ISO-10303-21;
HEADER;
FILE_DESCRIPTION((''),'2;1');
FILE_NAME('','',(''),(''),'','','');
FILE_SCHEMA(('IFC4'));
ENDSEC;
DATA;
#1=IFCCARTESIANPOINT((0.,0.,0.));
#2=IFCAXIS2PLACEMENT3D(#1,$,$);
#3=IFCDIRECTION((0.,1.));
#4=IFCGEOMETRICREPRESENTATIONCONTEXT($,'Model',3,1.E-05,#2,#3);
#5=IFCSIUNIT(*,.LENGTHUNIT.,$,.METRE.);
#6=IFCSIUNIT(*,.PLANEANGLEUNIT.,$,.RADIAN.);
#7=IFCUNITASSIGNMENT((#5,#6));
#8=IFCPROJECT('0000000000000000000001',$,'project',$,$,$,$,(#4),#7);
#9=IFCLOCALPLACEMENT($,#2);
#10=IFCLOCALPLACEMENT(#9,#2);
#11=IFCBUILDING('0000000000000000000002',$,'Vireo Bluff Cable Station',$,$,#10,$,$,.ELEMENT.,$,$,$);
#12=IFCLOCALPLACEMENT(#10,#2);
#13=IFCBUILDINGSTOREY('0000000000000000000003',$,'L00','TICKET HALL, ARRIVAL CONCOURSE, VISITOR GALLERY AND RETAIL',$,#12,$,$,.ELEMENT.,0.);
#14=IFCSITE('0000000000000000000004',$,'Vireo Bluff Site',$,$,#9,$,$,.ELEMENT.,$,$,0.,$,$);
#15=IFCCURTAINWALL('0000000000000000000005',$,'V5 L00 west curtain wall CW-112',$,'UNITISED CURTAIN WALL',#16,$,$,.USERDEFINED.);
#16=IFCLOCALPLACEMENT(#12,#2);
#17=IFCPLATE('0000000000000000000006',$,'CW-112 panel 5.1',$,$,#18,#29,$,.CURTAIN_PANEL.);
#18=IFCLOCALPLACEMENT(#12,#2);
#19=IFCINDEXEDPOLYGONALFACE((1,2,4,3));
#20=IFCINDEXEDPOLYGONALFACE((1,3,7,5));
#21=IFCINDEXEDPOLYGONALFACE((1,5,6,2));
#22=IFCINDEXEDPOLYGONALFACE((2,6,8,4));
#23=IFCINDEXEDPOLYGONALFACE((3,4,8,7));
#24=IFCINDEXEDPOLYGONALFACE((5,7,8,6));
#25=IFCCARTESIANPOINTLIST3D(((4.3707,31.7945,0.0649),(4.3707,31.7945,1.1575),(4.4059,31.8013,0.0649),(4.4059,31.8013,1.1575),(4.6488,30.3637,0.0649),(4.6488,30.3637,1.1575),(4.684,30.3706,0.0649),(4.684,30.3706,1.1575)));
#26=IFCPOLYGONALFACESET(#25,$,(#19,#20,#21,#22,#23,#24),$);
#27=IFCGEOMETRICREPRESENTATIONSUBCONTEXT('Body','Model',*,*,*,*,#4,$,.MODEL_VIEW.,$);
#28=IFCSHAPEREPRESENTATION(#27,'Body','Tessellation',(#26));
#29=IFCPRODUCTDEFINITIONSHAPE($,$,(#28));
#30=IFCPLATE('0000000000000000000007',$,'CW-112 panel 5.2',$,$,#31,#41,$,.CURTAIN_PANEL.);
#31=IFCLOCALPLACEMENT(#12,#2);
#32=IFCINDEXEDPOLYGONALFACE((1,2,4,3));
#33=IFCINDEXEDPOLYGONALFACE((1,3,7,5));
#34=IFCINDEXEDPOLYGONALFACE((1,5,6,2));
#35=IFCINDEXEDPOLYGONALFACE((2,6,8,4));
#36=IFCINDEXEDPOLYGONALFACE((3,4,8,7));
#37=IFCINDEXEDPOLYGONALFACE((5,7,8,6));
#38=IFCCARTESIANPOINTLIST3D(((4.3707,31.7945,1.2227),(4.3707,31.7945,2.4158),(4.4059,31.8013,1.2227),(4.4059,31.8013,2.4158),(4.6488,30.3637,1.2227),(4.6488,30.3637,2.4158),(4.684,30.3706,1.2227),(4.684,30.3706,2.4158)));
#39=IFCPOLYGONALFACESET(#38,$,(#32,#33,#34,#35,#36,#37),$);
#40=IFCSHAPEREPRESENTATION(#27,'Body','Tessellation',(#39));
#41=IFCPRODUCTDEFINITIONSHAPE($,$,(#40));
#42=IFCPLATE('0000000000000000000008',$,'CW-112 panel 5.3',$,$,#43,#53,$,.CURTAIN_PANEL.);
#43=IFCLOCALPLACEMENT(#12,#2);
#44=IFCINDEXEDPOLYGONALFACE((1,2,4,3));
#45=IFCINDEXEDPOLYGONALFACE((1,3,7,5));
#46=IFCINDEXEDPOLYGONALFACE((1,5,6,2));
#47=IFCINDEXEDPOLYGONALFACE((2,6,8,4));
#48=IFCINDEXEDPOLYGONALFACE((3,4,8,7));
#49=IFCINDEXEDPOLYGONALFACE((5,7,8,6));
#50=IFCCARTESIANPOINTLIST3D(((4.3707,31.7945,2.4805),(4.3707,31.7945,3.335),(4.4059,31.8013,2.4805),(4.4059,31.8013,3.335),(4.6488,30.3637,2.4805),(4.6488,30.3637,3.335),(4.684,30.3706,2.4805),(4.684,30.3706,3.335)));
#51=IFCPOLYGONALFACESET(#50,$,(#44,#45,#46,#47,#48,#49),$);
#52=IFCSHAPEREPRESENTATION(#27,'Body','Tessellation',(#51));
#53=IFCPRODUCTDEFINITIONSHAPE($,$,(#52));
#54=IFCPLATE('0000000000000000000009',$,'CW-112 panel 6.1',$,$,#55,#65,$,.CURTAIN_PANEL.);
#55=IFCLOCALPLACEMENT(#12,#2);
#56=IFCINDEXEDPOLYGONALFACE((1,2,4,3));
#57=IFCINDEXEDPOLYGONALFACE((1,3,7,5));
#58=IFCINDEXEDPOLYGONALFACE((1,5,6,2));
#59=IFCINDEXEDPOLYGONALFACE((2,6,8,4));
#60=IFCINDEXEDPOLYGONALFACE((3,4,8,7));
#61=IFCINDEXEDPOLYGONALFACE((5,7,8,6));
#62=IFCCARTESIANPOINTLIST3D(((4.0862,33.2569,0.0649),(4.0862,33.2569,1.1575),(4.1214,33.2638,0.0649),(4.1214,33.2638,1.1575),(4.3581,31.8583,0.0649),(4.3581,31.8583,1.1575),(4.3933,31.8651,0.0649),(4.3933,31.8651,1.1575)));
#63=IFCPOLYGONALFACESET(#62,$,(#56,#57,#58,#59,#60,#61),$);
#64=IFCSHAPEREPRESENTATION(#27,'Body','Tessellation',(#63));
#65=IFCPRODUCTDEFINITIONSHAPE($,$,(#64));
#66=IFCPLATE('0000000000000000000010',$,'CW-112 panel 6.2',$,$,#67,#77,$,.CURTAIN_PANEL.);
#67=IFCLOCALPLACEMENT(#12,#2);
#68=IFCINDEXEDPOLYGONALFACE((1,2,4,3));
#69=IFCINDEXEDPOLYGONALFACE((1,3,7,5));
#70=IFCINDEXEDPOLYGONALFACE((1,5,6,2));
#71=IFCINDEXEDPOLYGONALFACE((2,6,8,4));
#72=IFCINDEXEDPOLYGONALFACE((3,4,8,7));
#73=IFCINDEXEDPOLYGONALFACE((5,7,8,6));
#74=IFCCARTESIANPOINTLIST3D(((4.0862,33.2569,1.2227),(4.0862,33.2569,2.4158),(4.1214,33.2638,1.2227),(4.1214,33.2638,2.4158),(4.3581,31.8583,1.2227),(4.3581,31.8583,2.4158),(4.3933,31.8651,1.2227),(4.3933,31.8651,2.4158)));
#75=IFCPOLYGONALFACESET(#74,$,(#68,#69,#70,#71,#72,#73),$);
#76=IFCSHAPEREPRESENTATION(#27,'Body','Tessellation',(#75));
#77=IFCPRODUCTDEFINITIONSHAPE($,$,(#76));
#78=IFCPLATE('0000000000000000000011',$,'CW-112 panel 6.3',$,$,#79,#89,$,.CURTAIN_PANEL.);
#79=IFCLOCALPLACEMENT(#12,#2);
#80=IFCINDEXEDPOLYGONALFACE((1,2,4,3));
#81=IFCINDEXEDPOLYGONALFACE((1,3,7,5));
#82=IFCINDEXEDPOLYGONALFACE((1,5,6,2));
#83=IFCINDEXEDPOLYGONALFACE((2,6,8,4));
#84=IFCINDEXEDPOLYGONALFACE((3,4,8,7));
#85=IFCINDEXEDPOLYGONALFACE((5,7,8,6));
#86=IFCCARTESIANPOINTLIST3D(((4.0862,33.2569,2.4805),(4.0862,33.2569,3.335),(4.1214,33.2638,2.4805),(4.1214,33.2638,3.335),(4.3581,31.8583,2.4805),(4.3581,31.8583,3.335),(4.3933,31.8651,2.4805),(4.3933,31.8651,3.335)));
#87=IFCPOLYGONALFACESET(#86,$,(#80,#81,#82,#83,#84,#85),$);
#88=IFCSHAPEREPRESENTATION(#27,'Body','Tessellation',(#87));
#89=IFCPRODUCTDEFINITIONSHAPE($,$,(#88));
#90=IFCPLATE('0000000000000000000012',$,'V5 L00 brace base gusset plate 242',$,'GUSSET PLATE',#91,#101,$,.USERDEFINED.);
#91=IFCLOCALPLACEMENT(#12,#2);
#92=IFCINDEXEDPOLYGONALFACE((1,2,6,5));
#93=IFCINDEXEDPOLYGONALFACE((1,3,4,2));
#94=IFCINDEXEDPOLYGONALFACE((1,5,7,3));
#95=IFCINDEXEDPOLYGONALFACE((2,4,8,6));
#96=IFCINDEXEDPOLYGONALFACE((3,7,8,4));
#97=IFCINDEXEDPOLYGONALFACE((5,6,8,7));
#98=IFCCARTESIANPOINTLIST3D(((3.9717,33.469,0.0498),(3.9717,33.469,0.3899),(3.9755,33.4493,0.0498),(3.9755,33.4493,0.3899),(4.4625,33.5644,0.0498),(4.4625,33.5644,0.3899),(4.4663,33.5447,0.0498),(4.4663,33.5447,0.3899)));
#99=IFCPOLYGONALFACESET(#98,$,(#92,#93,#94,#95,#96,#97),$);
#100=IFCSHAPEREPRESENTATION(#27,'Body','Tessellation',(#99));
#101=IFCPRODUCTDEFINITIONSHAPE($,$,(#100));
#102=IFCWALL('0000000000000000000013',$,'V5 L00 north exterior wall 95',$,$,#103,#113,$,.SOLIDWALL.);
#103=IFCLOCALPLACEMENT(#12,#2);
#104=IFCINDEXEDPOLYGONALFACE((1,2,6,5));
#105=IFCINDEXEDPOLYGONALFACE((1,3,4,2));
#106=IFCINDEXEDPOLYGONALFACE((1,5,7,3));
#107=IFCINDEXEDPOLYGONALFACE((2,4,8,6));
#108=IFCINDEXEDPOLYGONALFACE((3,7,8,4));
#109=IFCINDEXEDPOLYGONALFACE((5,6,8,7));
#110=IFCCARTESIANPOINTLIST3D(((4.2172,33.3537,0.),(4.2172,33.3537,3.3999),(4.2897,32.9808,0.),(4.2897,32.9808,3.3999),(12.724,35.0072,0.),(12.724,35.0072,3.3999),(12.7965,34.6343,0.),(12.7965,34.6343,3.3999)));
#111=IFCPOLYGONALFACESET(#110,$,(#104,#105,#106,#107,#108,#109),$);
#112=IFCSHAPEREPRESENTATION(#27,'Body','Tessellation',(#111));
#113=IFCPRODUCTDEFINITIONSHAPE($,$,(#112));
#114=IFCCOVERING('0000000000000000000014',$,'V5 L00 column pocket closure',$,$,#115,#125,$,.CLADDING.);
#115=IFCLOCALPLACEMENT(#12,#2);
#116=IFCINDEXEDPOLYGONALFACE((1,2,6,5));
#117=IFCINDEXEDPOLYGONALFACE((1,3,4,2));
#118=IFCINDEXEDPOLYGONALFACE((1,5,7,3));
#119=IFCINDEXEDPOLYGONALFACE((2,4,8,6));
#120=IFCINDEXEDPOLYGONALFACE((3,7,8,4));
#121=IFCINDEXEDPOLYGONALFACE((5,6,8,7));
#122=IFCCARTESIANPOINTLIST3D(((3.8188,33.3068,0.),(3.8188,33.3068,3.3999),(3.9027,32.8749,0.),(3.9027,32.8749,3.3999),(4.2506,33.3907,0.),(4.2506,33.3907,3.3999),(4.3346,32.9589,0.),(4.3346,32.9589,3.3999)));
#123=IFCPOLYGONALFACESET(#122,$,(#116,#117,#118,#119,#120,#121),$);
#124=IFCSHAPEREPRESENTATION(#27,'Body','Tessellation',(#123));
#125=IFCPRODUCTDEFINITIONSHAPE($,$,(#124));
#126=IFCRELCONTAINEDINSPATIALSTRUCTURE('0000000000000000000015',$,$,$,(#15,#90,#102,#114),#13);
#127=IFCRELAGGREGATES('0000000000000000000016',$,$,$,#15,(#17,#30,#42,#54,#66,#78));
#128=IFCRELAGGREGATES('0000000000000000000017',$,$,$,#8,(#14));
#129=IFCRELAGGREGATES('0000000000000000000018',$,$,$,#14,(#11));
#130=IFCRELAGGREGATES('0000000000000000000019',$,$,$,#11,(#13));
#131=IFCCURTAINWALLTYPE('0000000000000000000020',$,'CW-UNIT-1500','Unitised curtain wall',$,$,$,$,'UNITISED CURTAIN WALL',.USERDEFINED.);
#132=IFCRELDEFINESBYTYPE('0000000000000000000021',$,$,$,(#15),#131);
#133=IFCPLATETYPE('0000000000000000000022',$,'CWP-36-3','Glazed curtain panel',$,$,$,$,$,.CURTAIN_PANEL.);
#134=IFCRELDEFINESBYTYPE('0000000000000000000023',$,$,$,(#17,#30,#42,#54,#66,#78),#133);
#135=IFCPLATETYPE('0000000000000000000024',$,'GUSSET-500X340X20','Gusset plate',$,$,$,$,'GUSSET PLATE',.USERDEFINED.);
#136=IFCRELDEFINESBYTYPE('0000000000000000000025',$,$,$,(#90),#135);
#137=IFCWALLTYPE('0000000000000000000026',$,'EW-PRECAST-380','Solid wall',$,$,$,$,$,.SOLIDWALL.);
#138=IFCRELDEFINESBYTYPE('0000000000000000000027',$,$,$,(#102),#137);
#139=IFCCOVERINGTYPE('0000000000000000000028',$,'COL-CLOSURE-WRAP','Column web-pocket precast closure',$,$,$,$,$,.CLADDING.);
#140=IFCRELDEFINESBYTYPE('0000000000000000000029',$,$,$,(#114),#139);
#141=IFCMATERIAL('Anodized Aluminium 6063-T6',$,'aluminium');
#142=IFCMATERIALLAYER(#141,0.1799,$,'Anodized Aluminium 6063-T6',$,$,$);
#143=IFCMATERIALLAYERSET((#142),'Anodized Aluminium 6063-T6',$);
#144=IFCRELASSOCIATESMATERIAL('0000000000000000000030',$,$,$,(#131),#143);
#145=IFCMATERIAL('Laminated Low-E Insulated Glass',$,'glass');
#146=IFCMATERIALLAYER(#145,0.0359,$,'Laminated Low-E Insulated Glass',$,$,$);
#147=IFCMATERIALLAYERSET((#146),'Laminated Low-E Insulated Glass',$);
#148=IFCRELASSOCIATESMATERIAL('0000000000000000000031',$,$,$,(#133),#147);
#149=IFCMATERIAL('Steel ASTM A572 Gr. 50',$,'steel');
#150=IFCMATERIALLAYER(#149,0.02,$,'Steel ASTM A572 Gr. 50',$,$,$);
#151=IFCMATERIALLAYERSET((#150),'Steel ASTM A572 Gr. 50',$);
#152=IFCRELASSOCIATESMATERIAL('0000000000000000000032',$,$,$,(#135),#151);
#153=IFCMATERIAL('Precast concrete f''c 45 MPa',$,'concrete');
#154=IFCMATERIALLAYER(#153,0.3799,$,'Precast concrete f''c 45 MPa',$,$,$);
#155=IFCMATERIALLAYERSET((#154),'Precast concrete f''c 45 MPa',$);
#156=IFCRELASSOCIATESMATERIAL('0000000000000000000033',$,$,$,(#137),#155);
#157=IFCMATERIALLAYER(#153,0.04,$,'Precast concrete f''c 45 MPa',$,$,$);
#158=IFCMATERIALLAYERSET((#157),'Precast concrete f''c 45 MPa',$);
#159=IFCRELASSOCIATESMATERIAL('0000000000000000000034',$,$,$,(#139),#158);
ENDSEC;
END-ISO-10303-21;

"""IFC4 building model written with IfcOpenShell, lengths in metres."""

from ifc_helpers import new_model, si_unit, direction, frame, frame_2d, origin, origin_2d, place, context, subcontext, project, spatial, rectangle, extrude, material, layer, layer_set, type_object, element, aggregate, save


model = new_model("IFC4")

# Units and contexts
model_context = context("Model", 3, precision=1e-05, world=origin(), true_north=direction((0.0, 1.0)))
body_context = subcontext(model_context, "Body", "Model", "MODEL_VIEW")
ifc_project = project(units=[si_unit("LENGTHUNIT", "METRE"), si_unit("PLANEANGLEUNIT", "RADIAN")], contexts=[model_context])

# Site, building, storey
site_placement = place(None, origin())
site = spatial("IfcSite", under=ifc_project, at=site_placement, Name="Vireo Bluff Site", CompositionType="ELEMENT", RefElevation=0.0)
building_placement = place(site_placement, origin())
building = spatial("IfcBuilding", under=site, at=building_placement, Name="Vireo Bluff Cable Station", CompositionType="ELEMENT")
storey_placement = place(building_placement, origin())
storey = spatial("IfcBuildingStorey", under=building, at=storey_placement, Name="L00", Description="TICKET HALL, ARRIVAL CONCOURSE, VISITOR GALLERY AND RETAIL", CompositionType="ELEMENT", Elevation=0.0)

# Curtain wall
ifc_material_1 = material(Name="Anodized Aluminium 6063-T6", Category="aluminium")
ifc_layer_1 = layer(ifc_material_1, 0.1799, Name="Anodized Aluminium 6063-T6")
ifc_layer_set_1 = layer_set([ifc_layer_1], Name="Anodized Aluminium 6063-T6")
curtain_wall_type = type_object("IfcCurtainWallType", Name="CW-UNIT-1500", Description="Unitised curtain wall", ElementType="UNITISED CURTAIN WALL", PredefinedType="USERDEFINED", material=ifc_layer_set_1)
curtain_wall_placement = place(storey_placement, origin())
curtain_wall = element("IfcCurtainWall", 1, at=curtain_wall_placement, inside=storey, type_object=curtain_wall_type, Name="V5 L00 west curtain wall CW-112", ObjectType="UNITISED CURTAIN WALL", PredefinedType="USERDEFINED")

# Plates
ifc_material_2 = material(Name="Steel ASTM A572 Gr. 50", Category="steel")
ifc_material_3 = material(Name="Laminated Low-E Insulated Glass", Category="glass")
ifc_layer_2 = layer(ifc_material_3, 0.0359, Name="Laminated Low-E Insulated Glass")
ifc_layer_set_2 = layer_set([ifc_layer_2], Name="Laminated Low-E Insulated Glass")
plate_type_1 = type_object("IfcPlateType", Name="CWP-36-3", Description="Glazed curtain panel", PredefinedType="CURTAIN_PANEL", material=ifc_layer_set_2)
plate_1_placement = place(storey_placement, frame((4.5273, 31.0825, 0.0649), z_axis=(0.0, 0.0, 1.0), x_axis=(-0.190809, 0.981627, 0.0)))
plate_1 = element("IfcPlate", 2, at=plate_1_placement, type_object=plate_type_1, Name="CW-112 panel 5.1", PredefinedType="CURTAIN_PANEL", context=body_context, shape_type="SweptSolid", body=[
    extrude(rectangle(XDim=1.4575, YDim=0.0359, at=origin_2d()), origin(), (0.0, 0.0, 1.0), 1.0925),
])
plate_2_placement = place(storey_placement, frame((4.5273, 31.0825, 1.2227), z_axis=(0.0, 0.0, 1.0), x_axis=(-0.190809, 0.981627, 0.0)))
plate_2 = element("IfcPlate", 3, at=plate_2_placement, type_object=plate_type_1, Name="CW-112 panel 5.2", PredefinedType="CURTAIN_PANEL", context=body_context, shape_type="SweptSolid", body=[
    extrude(rectangle(XDim=1.4575, YDim=0.0359, at=origin_2d()), origin(), (0.0, 0.0, 1.0), 1.1931),
])
plate_3_placement = place(storey_placement, frame((4.5273, 31.0825, 2.4805), z_axis=(0.0, 0.0, 1.0), x_axis=(-0.190809, 0.981627, 0.0)))
plate_3 = element("IfcPlate", 4, at=plate_3_placement, type_object=plate_type_1, Name="CW-112 panel 5.3", PredefinedType="CURTAIN_PANEL", context=body_context, shape_type="SweptSolid", body=[
    extrude(rectangle(XDim=1.4575, YDim=0.0359, at=origin_2d()), origin(), (0.0, 0.0, 1.0), 0.8545),
])
plate_4_placement = place(storey_placement, frame((4.2397, 32.561, 0.0649), z_axis=(0.0, 0.0, 1.0), x_axis=(-0.190809, 0.981627, 0.0)))
plate_4 = element("IfcPlate", 5, at=plate_4_placement, type_object=plate_type_1, Name="CW-112 panel 6.1", PredefinedType="CURTAIN_PANEL", context=body_context, shape_type="SweptSolid", body=[
    extrude(rectangle(XDim=1.4248, YDim=0.0359, at=origin_2d()), origin(), (0.0, 0.0, 1.0), 1.0925),
])
plate_5_placement = place(storey_placement, frame((4.2397, 32.561, 1.2227), z_axis=(0.0, 0.0, 1.0), x_axis=(-0.190809, 0.981627, 0.0)))
plate_5 = element("IfcPlate", 6, at=plate_5_placement, type_object=plate_type_1, Name="CW-112 panel 6.2", PredefinedType="CURTAIN_PANEL", context=body_context, shape_type="SweptSolid", body=[
    extrude(rectangle(XDim=1.4248, YDim=0.0359, at=origin_2d()), origin(), (0.0, 0.0, 1.0), 1.1931),
])
plate_6_placement = place(storey_placement, frame((4.2397, 32.561, 2.4805), z_axis=(0.0, 0.0, 1.0), x_axis=(-0.190809, 0.981627, 0.0)))
plate_6 = element("IfcPlate", 7, at=plate_6_placement, type_object=plate_type_1, Name="CW-112 panel 6.3", PredefinedType="CURTAIN_PANEL", context=body_context, shape_type="SweptSolid", body=[
    extrude(rectangle(XDim=1.4248, YDim=0.0359, at=origin_2d()), origin(), (0.0, 0.0, 1.0), 0.8545),
])
aggregate(curtain_wall, [plate_1, plate_2, plate_3, plate_4, plate_5, plate_6])
ifc_layer_3 = layer(ifc_material_2, 0.02, Name="Steel ASTM A572 Gr. 50")
ifc_layer_set_3 = layer_set([ifc_layer_3], Name="Steel ASTM A572 Gr. 50")
plate_type_2 = type_object("IfcPlateType", Name="GUSSET-500X340X20", Description="Gusset plate", ElementType="GUSSET PLATE", PredefinedType="USERDEFINED", material=ifc_layer_set_3)
plate_7_placement = place(storey_placement, frame((4.219, 33.5068, 0.0498), z_axis=(0.0, 0.0, 1.0), x_axis=(0.981627, 0.190809, 0.0)))
element("IfcPlate", 8, at=plate_7_placement, inside=storey, type_object=plate_type_2, Name="V5 L00 brace base gusset plate 242", ObjectType="GUSSET PLATE", PredefinedType="USERDEFINED", context=body_context, shape_type="SweptSolid", body=[
    extrude(rectangle(XDim=0.5, YDim=0.02, at=origin_2d()), origin(), (0.0, 0.0, 1.0), 0.3401),
])

# Wall
ifc_material_4 = material(Name="Precast concrete f'c 45 MPa", Category="concrete")
ifc_layer_4 = layer(ifc_material_4, 0.3799, Name="Precast concrete f'c 45 MPa")
ifc_layer_set_4 = layer_set([ifc_layer_4], Name="Precast concrete f'c 45 MPa")
wall_type = type_object("IfcWallType", Name="EW-PRECAST-380", Description="Solid wall", PredefinedType="SOLIDWALL", material=ifc_layer_set_4)
wall_placement = place(storey_placement, frame((4.2534, 33.1672, 0.0), z_axis=(0.0, 0.0, 1.0), x_axis=(0.981627, 0.190809, 0.0)))
element("IfcWall", 9, at=wall_placement, inside=storey, type_object=wall_type, Name="V5 L00 north exterior wall 95", PredefinedType="SOLIDWALL", context=body_context, shape_type="SweptSolid", body=[
    extrude(rectangle(XDim=8.666, YDim=0.3799, at=frame_2d((4.333, 0.0))), origin(), (0.0, 0.0, 1.0), 3.3999),
])

# Covering
ifc_layer_5 = layer(ifc_material_4, 0.04, Name="Precast concrete f'c 45 MPa")
ifc_layer_set_5 = layer_set([ifc_layer_5], Name="Precast concrete f'c 45 MPa")
covering_type = type_object("IfcCoveringType", Name="COL-CLOSURE-WRAP", Description="Column web-pocket precast closure", PredefinedType="CLADDING", material=ifc_layer_set_5)
covering_placement = place(storey_placement, frame((4.0767, 33.1328, 0.0), z_axis=(0.0, 0.0, 1.0), x_axis=(0.981627, 0.190809, 0.0)))
element("IfcCovering", 10, at=covering_placement, inside=storey, type_object=covering_type, Name="V5 L00 column pocket closure", PredefinedType="CLADDING", context=body_context, shape_type="SweptSolid", body=[
    extrude(rectangle(XDim=0.4399, YDim=0.4399, at=origin_2d()), origin(), (0.0, 0.0, 1.0), 3.3999),
])

save(model, "model.ifc")
